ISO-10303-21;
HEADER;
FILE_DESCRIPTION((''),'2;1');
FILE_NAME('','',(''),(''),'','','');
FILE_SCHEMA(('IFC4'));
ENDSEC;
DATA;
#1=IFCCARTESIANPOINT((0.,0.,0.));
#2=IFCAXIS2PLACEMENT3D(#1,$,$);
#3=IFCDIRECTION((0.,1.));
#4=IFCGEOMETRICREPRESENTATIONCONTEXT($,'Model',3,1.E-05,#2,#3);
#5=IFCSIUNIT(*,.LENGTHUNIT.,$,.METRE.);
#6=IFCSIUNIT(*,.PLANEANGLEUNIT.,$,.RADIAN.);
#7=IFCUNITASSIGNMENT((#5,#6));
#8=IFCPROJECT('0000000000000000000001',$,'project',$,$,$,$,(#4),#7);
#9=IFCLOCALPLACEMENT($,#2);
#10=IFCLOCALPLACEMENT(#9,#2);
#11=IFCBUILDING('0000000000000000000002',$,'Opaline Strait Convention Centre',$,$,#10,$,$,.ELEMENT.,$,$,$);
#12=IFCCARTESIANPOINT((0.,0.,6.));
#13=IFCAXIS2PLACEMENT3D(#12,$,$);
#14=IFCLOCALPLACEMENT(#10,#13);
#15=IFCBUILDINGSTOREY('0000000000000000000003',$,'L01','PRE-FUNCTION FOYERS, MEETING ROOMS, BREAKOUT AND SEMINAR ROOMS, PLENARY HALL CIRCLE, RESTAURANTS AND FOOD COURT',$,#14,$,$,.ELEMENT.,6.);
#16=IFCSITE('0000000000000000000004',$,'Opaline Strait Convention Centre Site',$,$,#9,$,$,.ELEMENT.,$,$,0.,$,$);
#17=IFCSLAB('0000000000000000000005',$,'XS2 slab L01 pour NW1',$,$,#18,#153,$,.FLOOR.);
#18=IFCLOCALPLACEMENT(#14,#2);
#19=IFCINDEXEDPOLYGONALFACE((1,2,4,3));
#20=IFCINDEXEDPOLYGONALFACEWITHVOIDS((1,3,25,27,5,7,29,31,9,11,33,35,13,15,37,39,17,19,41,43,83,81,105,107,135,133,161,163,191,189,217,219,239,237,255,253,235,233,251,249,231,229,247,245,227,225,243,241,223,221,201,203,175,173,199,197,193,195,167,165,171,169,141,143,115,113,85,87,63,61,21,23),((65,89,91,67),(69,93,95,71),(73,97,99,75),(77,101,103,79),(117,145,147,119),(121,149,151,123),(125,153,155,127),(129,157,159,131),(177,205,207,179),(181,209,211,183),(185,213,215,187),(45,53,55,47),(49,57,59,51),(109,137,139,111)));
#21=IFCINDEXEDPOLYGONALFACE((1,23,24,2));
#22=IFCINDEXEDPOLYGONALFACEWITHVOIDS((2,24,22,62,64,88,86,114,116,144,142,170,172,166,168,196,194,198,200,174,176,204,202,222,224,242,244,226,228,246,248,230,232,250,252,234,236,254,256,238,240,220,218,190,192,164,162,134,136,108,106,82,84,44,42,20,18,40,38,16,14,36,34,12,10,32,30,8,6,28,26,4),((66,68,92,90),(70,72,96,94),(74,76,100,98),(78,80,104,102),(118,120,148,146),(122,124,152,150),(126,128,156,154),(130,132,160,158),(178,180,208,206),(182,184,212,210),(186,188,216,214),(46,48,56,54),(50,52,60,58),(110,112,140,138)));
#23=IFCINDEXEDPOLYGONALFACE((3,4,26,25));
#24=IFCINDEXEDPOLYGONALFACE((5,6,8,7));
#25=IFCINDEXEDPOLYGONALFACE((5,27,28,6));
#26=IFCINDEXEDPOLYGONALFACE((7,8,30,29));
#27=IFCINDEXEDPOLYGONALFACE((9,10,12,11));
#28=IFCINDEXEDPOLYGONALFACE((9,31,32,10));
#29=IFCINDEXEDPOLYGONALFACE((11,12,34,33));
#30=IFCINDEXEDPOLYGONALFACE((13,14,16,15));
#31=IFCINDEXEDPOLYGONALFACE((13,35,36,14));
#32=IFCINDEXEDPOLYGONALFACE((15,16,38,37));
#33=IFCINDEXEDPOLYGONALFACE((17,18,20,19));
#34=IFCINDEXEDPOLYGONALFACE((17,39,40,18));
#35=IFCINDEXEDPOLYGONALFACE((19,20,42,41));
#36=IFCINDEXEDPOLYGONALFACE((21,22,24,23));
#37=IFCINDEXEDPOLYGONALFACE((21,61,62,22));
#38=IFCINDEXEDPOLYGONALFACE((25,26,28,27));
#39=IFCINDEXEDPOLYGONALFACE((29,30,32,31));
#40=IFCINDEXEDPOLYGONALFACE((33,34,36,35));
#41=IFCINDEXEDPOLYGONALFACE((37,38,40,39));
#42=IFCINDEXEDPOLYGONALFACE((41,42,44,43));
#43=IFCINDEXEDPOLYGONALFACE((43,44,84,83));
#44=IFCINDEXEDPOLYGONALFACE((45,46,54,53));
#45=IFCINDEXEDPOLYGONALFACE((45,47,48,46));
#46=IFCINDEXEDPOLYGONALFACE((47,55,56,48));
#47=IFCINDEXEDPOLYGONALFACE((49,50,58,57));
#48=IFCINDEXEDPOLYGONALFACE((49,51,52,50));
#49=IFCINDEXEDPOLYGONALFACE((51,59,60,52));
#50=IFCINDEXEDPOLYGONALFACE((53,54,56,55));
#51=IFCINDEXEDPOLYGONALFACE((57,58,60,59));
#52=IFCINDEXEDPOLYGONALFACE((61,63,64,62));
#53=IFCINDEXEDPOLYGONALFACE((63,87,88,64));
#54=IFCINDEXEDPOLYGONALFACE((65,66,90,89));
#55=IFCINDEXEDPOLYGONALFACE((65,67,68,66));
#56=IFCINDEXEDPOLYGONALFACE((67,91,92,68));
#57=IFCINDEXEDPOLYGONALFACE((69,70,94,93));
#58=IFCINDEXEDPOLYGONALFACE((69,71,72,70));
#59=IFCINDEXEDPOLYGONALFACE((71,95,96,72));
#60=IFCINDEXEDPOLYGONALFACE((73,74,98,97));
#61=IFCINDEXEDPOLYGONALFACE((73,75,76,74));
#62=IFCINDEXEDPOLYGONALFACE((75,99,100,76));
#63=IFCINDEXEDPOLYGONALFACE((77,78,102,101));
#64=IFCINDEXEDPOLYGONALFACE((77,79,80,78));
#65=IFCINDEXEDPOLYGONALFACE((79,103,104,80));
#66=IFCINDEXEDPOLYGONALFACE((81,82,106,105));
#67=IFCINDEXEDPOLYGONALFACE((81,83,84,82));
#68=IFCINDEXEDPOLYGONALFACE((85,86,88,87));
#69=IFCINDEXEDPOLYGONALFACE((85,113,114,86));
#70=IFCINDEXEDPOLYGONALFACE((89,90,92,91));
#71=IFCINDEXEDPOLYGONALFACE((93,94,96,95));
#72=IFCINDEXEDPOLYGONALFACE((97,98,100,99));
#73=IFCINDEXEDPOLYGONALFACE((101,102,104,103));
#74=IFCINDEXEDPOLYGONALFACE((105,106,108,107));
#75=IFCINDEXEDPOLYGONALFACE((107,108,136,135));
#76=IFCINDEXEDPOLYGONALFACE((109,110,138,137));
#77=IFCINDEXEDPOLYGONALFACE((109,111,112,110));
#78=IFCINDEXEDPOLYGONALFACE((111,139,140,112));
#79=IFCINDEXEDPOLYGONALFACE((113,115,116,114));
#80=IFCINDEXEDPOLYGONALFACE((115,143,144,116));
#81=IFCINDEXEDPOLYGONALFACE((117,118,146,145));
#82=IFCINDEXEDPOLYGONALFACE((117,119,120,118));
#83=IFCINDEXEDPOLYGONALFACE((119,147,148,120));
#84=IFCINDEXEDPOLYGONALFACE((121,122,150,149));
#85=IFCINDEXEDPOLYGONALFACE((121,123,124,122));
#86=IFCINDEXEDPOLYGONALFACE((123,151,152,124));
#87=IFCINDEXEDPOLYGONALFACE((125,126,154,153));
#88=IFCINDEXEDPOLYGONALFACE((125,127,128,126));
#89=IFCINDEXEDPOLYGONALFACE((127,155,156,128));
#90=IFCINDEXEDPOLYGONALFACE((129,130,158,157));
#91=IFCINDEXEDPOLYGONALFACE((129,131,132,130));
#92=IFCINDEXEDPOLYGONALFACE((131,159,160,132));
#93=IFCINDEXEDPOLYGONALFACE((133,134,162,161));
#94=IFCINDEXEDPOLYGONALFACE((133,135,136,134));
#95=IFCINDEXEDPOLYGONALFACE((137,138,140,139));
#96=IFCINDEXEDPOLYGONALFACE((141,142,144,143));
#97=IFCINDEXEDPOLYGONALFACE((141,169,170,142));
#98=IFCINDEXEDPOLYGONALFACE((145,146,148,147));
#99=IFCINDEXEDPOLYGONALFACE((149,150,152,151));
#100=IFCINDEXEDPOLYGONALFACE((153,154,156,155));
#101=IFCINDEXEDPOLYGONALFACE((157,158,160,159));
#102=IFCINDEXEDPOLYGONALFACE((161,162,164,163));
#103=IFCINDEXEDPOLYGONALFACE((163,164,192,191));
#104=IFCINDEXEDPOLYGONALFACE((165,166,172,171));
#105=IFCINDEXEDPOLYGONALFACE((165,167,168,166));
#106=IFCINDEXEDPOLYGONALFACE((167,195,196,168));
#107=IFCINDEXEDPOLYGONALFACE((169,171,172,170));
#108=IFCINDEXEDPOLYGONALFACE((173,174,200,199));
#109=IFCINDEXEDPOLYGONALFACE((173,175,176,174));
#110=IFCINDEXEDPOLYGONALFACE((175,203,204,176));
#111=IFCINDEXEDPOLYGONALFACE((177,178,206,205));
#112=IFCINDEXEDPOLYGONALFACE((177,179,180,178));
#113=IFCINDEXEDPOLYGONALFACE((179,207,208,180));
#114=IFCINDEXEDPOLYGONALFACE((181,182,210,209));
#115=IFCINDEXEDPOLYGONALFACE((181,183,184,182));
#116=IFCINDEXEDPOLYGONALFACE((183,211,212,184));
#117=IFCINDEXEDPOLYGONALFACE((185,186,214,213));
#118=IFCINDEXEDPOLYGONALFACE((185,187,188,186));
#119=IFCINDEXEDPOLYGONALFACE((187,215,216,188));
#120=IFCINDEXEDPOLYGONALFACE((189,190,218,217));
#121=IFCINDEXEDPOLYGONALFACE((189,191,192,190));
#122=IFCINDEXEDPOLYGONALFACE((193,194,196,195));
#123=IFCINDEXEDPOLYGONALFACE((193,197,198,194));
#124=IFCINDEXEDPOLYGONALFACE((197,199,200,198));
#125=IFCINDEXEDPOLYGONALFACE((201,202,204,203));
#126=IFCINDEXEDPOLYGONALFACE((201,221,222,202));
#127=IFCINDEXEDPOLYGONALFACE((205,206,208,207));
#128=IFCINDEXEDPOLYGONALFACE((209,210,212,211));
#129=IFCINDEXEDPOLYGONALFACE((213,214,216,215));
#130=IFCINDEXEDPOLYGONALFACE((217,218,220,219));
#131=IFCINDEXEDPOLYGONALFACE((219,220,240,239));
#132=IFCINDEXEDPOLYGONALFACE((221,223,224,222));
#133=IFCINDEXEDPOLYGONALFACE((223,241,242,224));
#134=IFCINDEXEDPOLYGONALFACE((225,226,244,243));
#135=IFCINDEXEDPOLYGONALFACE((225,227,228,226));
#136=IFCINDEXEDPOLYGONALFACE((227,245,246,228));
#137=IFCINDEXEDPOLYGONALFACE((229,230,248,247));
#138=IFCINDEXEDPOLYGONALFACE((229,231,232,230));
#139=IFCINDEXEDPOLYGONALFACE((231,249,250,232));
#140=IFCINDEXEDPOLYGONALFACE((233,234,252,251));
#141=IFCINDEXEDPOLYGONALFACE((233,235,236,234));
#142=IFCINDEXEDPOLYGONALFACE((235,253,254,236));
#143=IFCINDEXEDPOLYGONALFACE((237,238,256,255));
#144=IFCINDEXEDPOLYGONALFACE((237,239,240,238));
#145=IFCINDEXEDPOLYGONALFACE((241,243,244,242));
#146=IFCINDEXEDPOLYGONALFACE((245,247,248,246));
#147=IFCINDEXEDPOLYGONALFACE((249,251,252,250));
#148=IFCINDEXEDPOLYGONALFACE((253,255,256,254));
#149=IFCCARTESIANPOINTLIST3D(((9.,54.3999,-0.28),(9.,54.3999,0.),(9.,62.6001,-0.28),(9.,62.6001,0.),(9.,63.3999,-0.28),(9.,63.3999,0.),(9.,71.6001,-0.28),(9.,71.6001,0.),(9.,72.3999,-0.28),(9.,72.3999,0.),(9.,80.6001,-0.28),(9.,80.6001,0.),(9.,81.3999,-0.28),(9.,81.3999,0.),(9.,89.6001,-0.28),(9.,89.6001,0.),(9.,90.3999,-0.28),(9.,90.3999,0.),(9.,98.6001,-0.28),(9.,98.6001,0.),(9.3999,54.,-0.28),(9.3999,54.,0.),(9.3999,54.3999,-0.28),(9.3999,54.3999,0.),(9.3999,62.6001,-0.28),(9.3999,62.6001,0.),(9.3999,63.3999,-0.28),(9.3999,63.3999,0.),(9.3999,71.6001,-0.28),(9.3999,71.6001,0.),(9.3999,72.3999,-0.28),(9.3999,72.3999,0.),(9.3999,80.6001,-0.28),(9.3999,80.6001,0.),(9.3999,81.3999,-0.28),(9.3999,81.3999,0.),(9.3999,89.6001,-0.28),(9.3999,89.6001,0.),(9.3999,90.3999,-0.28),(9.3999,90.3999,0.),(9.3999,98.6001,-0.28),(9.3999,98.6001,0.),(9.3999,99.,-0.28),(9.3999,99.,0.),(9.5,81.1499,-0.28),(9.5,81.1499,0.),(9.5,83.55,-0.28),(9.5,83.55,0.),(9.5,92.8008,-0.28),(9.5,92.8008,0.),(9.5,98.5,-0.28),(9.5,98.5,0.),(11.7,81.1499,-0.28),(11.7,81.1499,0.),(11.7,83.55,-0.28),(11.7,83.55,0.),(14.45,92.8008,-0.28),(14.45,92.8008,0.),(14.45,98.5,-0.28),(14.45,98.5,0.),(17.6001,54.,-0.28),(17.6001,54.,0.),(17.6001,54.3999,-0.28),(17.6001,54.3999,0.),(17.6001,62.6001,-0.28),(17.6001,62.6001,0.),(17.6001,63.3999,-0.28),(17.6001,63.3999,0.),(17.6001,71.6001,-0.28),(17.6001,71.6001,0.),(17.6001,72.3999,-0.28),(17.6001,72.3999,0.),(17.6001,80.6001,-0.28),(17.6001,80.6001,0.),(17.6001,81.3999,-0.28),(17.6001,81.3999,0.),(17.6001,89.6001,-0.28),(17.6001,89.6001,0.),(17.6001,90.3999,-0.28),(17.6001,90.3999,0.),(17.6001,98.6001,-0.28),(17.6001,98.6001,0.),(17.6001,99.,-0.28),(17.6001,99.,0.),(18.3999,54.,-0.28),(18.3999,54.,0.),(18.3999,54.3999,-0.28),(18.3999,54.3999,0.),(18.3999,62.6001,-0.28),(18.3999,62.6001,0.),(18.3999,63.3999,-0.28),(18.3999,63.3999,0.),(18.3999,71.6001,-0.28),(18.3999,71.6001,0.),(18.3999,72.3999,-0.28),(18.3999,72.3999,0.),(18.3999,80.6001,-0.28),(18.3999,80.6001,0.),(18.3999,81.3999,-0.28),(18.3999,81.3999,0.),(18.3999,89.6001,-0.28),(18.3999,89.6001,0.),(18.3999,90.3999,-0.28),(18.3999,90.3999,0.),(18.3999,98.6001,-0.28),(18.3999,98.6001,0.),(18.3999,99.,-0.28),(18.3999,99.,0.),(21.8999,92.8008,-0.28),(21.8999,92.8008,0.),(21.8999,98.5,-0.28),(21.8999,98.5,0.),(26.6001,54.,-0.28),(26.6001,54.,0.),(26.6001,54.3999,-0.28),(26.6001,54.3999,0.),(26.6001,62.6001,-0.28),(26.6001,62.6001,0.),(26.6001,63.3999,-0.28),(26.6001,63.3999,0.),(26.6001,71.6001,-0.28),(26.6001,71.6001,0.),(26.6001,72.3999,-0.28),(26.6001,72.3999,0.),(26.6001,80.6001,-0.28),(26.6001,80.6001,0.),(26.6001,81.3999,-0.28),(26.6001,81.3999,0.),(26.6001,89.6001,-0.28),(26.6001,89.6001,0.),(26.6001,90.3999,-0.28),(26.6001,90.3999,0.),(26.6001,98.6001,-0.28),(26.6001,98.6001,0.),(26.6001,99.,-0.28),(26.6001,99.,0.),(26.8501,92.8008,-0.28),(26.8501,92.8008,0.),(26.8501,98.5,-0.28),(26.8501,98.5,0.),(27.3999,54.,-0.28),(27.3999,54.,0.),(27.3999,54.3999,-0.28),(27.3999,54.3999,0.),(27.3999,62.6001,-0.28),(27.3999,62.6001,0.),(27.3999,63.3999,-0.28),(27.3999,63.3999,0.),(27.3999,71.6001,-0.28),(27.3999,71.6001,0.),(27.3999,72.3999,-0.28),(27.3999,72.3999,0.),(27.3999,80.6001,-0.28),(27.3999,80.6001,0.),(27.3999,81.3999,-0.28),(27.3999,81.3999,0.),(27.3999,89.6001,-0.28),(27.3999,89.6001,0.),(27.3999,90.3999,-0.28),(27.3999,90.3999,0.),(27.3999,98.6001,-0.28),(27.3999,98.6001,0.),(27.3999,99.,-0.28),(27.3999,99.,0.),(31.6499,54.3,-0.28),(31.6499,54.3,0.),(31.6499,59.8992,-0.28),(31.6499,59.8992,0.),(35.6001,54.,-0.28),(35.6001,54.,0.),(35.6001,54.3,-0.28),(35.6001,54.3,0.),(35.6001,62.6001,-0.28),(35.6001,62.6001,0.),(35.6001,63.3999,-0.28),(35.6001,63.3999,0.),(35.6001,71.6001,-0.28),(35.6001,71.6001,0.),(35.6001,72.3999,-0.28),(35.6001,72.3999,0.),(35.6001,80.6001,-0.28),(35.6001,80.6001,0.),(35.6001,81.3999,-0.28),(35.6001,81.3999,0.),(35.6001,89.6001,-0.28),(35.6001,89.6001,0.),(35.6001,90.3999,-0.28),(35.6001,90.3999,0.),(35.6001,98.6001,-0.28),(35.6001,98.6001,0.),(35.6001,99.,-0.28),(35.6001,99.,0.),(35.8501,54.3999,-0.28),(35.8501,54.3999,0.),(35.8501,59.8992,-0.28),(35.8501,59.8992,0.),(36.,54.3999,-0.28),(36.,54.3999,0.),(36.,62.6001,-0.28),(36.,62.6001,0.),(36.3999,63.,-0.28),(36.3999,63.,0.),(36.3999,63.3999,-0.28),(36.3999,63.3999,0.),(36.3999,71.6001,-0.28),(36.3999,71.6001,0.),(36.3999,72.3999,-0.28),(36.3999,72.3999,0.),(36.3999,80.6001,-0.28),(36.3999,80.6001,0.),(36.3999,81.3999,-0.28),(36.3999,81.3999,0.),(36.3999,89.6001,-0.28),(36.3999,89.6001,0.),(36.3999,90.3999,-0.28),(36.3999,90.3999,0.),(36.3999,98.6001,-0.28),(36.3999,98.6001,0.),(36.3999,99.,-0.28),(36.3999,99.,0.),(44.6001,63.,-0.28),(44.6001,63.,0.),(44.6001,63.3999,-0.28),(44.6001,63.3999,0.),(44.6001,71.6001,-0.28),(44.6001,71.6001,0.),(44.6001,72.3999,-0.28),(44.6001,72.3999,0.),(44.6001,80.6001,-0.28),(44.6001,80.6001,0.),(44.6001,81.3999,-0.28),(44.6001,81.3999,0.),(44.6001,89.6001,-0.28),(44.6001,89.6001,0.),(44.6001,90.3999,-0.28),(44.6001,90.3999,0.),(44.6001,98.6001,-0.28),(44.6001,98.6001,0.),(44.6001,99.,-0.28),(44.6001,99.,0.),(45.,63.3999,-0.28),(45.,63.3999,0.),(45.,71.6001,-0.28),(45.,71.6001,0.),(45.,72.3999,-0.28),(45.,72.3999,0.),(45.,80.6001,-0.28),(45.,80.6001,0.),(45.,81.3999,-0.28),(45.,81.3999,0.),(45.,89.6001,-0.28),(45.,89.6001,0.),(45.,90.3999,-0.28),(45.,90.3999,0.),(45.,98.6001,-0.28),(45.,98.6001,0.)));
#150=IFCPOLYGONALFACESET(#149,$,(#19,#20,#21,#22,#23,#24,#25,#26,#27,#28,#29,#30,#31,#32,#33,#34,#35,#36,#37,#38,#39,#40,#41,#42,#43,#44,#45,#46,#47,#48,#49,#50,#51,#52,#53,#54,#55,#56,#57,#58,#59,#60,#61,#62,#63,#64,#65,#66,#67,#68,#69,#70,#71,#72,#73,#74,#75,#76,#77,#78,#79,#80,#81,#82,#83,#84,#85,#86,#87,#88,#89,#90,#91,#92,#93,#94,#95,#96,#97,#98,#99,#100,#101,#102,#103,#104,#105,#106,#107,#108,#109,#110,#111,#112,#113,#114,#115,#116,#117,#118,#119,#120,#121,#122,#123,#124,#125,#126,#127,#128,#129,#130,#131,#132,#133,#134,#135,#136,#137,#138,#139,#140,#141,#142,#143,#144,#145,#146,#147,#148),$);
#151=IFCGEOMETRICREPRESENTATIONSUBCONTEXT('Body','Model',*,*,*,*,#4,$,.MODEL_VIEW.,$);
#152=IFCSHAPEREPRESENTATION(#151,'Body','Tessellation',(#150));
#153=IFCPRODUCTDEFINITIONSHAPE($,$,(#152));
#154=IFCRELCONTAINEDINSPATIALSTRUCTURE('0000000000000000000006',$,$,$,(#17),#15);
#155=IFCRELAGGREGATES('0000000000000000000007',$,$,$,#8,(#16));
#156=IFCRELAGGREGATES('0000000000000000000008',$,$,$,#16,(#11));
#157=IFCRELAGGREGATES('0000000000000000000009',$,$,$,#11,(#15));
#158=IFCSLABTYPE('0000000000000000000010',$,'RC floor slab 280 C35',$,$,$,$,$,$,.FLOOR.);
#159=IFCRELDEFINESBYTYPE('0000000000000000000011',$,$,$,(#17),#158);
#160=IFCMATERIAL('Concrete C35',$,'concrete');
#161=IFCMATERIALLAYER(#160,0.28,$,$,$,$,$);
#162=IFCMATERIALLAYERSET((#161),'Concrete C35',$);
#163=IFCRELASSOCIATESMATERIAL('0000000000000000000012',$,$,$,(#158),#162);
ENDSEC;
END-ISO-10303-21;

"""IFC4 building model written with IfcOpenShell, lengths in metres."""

from ifc_helpers import new_model, si_unit, direction, frame, origin, place, context, subcontext, project, spatial, polyline, outline, extrude, material, layer, layer_set, type_object, element, save


model = new_model("IFC4")

# Units and contexts
model_context = context("Model", 3, precision=1e-05, world=origin(), true_north=direction((0.0, 1.0)))
body_context = subcontext(model_context, "Body", "Model", "MODEL_VIEW")
ifc_project = project(units=[si_unit("LENGTHUNIT", "METRE"), si_unit("PLANEANGLEUNIT", "RADIAN")], contexts=[model_context])

# Site, building, storey
site_placement = place(None, origin())
site = spatial("IfcSite", under=ifc_project, at=site_placement, Name="Opaline Strait Convention Centre Site", CompositionType="ELEMENT", RefElevation=0.0)
building_placement = place(site_placement, origin())
building = spatial("IfcBuilding", under=site, at=building_placement, Name="Opaline Strait Convention Centre", CompositionType="ELEMENT")
storey_placement = place(building_placement, frame((0.0, 0.0, 6.0)))
storey = spatial("IfcBuildingStorey", under=building, at=storey_placement, Name="L01", Description="PRE-FUNCTION FOYERS, MEETING ROOMS, BREAKOUT AND SEMINAR ROOMS, PLENARY HALL CIRCLE, RESTAURANTS AND FOOD COURT", CompositionType="ELEMENT", Elevation=6.0)

# Slab
ifc_material_1 = material(Name="Concrete C35", Category="concrete")
ifc_layer_1 = layer(ifc_material_1, 0.28)
ifc_layer_set_1 = layer_set([ifc_layer_1], Name="Concrete C35")
slab_type_1 = type_object("IfcSlabType", Name="RC floor slab 280 C35", PredefinedType="FLOOR", material=ifc_layer_set_1)
slab_1_placement = place(storey_placement, frame((0.0, 0.0, -0.28)))
element("IfcSlab", 1, at=slab_1_placement, inside=storey, type_object=slab_type_1, Name="XS2 slab L01 pour NW1", PredefinedType="FLOOR", context=body_context, shape_type="SweptSolid", body=[
    extrude(outline(polyline([(9.3999, 54.3999), (9.0, 54.3999), (9.0, 62.6001), (9.3999, 62.6001), (9.3999, 63.3999), (9.0, 63.3999), (9.0, 71.6001), (9.3999, 71.6001), (9.3999, 72.3999), (9.0, 72.3999), (9.0, 80.6001), (9.3999, 80.6001), (9.3999, 81.3999), (9.0, 81.3999), (9.0, 89.6001), (9.3999, 89.6001), (9.3999, 90.3999), (9.0, 90.3999), (9.0, 98.6001), (9.3999, 98.6001), (9.3999, 99.0), (17.6001, 99.0), (17.6001, 98.6001), (18.3999, 98.6001), (18.3999, 99.0), (26.6001, 99.0), (26.6001, 98.6001), (27.3999, 98.6001), (27.3999, 99.0), (35.6001, 99.0), (35.6001, 98.6001), (36.3999, 98.6001), (36.3999, 99.0), (44.6001, 99.0), (44.6001, 98.6001), (45.0, 98.6001), (45.0, 90.3999), (44.6001, 90.3999), (44.6001, 89.6001), (45.0, 89.6001), (45.0, 81.3999), (44.6001, 81.3999), (44.6001, 80.6001), (45.0, 80.6001), (45.0, 72.3999), (44.6001, 72.3999), (44.6001, 71.6001), (45.0, 71.6001), (45.0, 63.3999), (44.6001, 63.3999), (44.6001, 63.0), (36.3999, 63.0), (36.3999, 63.3999), (35.6001, 63.3999), (35.6001, 62.6001), (36.0, 62.6001), (36.0, 54.3999), (35.8501, 54.3999), (35.8501, 59.8992), (31.6499, 59.8992), (31.6499, 54.3), (35.6001, 54.3), (35.6001, 54.0), (27.3999, 54.0), (27.3999, 54.3999), (26.6001, 54.3999), (26.6001, 54.0), (18.3999, 54.0), (18.3999, 54.3999), (17.6001, 54.3999), (17.6001, 54.0), (9.3999, 54.0), (9.3999, 54.3999)]), holes=[polyline([(17.6001, 62.6001), (18.3999, 62.6001), (18.3999, 63.3999), (17.6001, 63.3999), (17.6001, 62.6001)]), polyline([(17.6001, 71.6001), (18.3999, 71.6001), (18.3999, 72.3999), (17.6001, 72.3999), (17.6001, 71.6001)]), polyline([(17.6001, 80.6001), (18.3999, 80.6001), (18.3999, 81.3999), (17.6001, 81.3999), (17.6001, 80.6001)]), polyline([(9.5, 81.1499), (11.7, 81.1499), (11.7, 83.55), (9.5, 83.55), (9.5, 81.1499)]), polyline([(17.6001, 89.6001), (18.3999, 89.6001), (18.3999, 90.3999), (17.6001, 90.3999), (17.6001, 89.6001)]), polyline([(21.8999, 92.8008), (26.8501, 92.8008), (26.8501, 98.5), (21.8999, 98.5), (21.8999, 92.8008)]), polyline([(9.5, 92.8008), (14.45, 92.8008), (14.45, 98.5), (9.5, 98.5), (9.5, 92.8008)]), polyline([(26.6001, 62.6001), (27.3999, 62.6001), (27.3999, 63.3999), (26.6001, 63.3999), (26.6001, 62.6001)]), polyline([(26.6001, 71.6001), (27.3999, 71.6001), (27.3999, 72.3999), (26.6001, 72.3999), (26.6001, 71.6001)]), polyline([(35.6001, 71.6001), (36.3999, 71.6001), (36.3999, 72.3999), (35.6001, 72.3999), (35.6001, 71.6001)]), polyline([(35.6001, 80.6001), (36.3999, 80.6001), (36.3999, 81.3999), (35.6001, 81.3999), (35.6001, 80.6001)]), polyline([(26.6001, 80.6001), (27.3999, 80.6001), (27.3999, 81.3999), (26.6001, 81.3999), (26.6001, 80.6001)]), polyline([(35.6001, 89.6001), (36.3999, 89.6001), (36.3999, 90.3999), (35.6001, 90.3999), (35.6001, 89.6001)]), polyline([(26.6001, 89.6001), (27.3999, 89.6001), (27.3999, 90.3999), (26.6001, 90.3999), (26.6001, 89.6001)])]), origin(), (0.0, 0.0, 1.0), 0.28),
])

save(model, "model.ifc")
